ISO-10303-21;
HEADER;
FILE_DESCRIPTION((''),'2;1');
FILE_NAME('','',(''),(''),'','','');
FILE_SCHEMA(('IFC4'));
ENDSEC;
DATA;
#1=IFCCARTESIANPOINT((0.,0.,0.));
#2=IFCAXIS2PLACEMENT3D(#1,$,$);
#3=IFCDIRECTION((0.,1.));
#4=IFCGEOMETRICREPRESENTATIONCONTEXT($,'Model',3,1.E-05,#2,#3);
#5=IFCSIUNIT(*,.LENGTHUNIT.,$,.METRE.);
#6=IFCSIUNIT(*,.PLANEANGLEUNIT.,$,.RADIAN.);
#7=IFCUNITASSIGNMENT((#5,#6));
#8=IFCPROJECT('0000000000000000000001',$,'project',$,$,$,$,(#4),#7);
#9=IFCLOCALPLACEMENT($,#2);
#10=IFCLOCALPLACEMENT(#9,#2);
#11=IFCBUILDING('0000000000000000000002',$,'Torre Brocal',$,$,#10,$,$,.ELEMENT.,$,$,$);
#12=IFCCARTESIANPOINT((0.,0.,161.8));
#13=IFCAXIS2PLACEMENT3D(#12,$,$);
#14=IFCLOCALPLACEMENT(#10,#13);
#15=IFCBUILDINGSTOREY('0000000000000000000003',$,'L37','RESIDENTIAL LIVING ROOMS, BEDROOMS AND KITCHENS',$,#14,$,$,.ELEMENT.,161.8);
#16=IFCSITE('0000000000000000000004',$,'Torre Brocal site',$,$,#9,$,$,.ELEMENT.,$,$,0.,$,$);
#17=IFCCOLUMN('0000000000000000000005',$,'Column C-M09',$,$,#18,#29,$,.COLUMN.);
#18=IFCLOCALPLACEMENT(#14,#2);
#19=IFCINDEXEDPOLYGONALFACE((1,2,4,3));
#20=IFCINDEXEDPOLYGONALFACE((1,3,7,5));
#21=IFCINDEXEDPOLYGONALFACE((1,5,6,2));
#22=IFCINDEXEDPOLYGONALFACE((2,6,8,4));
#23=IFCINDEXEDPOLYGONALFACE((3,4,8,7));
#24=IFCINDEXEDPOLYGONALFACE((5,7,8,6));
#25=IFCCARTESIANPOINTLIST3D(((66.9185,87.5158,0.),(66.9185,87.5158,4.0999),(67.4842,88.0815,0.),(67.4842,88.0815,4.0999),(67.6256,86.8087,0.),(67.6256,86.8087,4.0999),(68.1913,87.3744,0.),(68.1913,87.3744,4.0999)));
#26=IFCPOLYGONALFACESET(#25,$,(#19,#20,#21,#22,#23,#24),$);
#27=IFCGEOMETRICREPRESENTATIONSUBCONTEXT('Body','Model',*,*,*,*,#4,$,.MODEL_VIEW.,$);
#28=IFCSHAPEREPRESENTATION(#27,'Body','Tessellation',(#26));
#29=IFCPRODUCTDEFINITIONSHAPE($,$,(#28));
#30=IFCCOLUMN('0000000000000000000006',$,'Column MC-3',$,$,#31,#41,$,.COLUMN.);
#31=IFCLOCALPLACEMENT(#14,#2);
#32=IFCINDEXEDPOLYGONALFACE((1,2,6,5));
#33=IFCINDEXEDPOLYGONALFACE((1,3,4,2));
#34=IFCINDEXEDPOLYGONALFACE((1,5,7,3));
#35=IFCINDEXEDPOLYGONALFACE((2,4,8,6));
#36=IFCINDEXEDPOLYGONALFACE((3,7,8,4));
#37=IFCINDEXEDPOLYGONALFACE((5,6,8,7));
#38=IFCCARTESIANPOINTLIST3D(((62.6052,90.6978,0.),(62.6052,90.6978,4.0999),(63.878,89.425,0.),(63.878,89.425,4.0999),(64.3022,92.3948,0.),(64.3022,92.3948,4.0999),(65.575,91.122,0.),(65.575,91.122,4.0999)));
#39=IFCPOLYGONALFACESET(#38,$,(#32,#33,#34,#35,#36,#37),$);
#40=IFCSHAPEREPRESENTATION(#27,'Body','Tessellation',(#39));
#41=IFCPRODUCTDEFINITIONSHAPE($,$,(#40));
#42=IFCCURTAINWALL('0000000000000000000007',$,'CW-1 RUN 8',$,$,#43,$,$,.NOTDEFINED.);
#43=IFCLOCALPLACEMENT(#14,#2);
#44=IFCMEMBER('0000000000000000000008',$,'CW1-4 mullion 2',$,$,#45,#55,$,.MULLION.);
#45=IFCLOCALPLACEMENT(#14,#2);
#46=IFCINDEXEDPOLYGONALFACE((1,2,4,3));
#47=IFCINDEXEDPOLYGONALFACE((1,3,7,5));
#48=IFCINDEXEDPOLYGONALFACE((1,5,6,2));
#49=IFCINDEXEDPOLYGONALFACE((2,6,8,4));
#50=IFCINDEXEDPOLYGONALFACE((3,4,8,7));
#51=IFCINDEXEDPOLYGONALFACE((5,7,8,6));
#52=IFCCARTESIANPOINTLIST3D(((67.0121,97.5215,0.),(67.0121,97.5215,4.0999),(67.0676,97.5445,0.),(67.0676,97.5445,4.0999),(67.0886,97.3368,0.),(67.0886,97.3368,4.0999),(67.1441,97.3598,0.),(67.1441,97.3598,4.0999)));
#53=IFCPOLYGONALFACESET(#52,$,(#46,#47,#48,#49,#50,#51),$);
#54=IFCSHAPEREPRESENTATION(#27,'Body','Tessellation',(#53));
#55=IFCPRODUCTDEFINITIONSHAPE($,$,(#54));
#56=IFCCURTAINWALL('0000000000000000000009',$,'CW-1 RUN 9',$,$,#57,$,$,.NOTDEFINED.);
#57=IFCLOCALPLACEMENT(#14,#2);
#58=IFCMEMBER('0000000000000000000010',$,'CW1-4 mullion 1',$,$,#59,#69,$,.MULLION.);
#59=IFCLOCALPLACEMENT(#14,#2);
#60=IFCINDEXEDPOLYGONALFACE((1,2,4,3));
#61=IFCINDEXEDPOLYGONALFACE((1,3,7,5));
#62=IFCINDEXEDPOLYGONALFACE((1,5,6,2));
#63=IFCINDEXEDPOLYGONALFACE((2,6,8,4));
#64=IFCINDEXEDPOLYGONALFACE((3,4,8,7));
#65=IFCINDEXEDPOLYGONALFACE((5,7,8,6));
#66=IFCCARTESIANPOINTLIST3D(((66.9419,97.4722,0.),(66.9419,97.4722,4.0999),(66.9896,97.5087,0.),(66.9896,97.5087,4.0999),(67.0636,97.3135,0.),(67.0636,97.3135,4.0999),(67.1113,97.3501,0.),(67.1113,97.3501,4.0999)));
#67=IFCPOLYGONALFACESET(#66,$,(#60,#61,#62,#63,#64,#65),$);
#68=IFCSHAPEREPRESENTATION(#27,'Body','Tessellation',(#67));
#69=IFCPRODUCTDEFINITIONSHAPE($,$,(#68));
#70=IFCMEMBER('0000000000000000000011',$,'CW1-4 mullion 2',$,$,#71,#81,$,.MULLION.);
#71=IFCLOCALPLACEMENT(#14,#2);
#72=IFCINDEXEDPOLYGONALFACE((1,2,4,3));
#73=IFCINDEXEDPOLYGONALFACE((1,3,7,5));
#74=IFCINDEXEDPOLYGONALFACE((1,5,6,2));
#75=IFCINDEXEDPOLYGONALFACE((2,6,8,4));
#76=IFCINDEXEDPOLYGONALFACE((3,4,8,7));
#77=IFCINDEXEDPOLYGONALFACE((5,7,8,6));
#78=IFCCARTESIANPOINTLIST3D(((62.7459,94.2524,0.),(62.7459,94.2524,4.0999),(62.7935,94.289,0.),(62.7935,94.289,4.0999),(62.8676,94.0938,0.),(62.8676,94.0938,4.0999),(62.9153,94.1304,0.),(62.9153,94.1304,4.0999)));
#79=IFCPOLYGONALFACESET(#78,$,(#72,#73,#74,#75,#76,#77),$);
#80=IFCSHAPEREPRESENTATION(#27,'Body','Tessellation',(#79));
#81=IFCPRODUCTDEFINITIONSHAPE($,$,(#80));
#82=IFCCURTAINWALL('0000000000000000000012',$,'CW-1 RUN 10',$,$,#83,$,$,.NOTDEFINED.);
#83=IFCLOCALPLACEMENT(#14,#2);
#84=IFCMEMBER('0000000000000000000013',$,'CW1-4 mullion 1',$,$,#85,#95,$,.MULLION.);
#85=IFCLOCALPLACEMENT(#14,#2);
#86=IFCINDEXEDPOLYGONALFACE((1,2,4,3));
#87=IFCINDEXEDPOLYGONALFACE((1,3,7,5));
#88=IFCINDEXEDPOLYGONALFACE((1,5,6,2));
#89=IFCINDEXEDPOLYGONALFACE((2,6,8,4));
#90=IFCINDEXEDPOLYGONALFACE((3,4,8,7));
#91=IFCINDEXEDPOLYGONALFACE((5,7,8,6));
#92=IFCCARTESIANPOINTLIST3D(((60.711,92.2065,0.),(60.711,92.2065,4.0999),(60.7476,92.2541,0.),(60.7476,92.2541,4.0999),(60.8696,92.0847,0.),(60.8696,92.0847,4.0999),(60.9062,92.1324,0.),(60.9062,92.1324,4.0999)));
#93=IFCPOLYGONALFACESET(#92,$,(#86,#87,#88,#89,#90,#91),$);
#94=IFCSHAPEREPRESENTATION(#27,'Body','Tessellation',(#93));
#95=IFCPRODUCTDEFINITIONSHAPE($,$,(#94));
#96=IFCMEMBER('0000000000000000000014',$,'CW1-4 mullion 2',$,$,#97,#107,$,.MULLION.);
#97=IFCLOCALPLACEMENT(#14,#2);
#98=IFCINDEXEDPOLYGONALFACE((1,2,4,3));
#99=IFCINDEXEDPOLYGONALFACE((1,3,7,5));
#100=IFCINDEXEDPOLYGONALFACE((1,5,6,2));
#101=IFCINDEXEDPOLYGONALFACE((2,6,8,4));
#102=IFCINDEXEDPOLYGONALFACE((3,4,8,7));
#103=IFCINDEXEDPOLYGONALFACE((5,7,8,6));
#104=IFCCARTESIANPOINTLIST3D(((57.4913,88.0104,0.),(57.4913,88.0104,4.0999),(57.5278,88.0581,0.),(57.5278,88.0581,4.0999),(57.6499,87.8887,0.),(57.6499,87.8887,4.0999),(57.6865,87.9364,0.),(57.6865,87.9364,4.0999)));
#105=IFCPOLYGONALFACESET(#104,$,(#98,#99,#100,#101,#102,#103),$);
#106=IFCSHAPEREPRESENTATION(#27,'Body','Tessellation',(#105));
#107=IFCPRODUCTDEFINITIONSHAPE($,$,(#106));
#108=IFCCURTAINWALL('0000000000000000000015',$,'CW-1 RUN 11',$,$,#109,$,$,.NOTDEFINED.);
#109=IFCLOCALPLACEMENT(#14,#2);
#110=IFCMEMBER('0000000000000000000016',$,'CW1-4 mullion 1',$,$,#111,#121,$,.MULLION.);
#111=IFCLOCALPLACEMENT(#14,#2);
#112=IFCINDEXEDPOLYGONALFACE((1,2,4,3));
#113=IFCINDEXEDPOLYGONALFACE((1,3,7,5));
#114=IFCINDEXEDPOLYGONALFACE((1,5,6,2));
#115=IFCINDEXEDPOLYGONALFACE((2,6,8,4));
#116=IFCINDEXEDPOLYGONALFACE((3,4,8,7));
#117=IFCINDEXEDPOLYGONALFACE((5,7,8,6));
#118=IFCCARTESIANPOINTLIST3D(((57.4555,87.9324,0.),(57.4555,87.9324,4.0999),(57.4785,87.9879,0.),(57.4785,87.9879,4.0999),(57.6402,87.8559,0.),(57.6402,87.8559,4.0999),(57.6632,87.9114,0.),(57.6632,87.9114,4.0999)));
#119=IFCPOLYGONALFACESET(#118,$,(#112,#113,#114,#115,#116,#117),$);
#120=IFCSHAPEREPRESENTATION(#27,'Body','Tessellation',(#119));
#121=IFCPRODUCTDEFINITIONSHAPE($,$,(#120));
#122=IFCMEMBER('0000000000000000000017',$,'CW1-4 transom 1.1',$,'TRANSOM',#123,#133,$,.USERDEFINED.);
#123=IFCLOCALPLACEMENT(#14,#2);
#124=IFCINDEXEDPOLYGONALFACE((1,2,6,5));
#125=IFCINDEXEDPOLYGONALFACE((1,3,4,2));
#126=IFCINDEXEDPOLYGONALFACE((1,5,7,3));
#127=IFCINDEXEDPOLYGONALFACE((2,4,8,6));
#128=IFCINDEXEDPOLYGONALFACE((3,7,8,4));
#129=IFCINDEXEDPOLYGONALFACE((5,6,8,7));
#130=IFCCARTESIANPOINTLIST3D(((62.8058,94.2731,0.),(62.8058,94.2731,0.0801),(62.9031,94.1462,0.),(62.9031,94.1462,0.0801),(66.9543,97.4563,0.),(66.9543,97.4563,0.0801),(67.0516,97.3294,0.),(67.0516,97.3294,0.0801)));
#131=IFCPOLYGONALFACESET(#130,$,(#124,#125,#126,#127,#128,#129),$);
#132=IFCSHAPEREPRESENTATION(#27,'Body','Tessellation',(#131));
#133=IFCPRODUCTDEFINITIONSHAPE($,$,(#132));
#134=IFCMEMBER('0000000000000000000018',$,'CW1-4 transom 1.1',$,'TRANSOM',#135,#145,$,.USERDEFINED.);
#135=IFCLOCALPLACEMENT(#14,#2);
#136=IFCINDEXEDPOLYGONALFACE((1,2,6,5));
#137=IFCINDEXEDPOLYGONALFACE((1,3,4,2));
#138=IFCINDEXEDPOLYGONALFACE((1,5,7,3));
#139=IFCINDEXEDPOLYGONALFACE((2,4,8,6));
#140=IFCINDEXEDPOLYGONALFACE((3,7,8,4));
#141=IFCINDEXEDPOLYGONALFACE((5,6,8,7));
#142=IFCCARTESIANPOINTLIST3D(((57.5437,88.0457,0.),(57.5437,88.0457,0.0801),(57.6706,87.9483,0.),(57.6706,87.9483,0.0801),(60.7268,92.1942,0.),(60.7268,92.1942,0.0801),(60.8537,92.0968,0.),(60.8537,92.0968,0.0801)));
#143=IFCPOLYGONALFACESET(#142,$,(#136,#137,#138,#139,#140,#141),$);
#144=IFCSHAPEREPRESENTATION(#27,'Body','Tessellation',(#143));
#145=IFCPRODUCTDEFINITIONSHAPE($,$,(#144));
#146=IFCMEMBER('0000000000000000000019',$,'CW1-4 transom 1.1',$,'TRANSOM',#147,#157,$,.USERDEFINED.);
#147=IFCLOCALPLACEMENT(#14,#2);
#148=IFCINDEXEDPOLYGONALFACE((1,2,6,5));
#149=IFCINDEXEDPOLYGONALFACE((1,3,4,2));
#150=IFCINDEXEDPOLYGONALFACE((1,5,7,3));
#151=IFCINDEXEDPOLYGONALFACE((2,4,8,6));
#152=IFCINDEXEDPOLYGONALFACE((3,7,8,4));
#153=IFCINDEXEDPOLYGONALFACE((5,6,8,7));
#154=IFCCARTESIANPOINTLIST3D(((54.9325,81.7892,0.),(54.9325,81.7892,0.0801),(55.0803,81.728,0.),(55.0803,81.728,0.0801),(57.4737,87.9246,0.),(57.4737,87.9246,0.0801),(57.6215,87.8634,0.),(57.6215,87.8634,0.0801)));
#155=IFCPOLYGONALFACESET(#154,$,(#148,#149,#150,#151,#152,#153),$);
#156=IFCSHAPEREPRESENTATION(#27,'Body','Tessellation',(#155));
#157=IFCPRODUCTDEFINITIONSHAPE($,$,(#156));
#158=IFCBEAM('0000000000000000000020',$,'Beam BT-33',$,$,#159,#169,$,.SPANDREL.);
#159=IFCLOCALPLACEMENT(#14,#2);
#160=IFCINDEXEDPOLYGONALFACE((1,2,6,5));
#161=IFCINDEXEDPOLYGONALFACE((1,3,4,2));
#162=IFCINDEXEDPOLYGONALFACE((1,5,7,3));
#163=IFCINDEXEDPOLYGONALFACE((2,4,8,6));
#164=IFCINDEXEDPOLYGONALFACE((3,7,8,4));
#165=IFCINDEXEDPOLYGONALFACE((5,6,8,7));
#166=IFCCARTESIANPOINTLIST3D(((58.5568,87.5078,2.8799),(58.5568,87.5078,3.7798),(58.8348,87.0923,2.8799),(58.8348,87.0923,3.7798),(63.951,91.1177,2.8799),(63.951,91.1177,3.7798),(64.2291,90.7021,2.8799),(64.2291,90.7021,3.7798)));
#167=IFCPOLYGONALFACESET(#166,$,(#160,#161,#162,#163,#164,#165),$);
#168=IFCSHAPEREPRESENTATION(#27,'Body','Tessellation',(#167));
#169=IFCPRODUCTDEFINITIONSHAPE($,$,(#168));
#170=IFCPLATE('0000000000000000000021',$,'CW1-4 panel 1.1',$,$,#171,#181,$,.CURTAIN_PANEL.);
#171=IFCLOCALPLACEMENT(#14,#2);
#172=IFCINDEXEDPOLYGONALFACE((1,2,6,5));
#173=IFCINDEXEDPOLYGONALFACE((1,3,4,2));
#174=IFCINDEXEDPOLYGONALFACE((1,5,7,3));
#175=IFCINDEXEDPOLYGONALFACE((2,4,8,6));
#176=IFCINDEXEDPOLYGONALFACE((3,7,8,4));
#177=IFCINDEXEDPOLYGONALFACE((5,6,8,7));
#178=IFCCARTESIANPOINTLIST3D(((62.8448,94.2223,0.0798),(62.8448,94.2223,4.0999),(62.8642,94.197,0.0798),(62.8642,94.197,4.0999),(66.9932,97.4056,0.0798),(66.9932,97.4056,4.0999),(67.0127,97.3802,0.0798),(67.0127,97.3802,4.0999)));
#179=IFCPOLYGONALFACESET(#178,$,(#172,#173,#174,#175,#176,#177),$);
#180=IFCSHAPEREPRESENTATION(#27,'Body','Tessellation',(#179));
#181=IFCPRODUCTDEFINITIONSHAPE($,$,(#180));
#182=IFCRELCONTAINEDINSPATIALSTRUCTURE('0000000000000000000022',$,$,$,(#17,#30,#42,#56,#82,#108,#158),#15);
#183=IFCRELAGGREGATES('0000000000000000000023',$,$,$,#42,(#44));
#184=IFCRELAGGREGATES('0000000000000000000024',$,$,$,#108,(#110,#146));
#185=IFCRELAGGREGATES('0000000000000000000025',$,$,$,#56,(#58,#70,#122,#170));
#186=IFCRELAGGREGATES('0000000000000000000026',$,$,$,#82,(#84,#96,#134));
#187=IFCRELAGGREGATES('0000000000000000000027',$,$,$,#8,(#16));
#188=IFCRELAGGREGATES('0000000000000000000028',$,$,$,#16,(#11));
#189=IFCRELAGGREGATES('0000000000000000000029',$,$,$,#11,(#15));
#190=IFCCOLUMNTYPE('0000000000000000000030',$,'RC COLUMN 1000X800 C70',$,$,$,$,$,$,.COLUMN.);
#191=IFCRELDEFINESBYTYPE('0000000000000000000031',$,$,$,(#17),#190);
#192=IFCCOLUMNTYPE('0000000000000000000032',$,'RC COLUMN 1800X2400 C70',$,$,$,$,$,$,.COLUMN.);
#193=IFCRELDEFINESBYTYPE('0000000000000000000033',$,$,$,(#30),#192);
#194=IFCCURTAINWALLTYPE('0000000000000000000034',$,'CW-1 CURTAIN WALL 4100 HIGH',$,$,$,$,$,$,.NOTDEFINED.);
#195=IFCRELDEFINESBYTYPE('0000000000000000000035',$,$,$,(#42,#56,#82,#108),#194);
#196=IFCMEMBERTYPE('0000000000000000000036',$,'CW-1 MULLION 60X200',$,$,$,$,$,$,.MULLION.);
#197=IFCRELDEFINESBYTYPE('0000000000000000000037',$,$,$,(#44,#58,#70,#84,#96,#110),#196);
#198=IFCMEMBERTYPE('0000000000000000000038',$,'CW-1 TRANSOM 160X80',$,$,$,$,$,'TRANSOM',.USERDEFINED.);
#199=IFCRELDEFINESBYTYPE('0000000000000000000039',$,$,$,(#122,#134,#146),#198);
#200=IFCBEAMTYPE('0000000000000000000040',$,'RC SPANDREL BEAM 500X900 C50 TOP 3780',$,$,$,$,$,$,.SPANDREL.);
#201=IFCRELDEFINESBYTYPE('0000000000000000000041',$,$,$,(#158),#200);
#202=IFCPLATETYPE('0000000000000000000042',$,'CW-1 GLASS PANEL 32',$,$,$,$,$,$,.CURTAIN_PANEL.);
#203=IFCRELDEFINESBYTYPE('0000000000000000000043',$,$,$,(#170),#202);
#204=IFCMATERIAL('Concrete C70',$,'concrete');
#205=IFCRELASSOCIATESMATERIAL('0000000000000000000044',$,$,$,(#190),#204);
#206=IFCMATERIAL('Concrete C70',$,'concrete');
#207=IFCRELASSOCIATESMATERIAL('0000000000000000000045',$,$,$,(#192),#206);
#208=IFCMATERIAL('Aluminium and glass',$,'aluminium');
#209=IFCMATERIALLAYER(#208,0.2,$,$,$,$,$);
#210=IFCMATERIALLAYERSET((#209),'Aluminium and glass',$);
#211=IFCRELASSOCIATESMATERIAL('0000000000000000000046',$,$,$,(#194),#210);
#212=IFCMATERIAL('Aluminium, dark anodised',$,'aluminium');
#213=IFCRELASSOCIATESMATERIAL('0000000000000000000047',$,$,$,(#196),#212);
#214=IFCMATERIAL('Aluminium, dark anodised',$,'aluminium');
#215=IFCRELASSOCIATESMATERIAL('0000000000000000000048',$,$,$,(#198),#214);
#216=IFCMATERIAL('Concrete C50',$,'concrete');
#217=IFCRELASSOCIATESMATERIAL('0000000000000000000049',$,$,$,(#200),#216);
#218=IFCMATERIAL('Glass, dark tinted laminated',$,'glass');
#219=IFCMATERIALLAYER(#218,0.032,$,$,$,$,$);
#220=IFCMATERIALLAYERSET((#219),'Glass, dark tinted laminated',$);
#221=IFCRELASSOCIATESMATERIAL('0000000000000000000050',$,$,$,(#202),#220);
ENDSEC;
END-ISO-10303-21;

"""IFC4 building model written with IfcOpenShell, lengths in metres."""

from ifc_helpers import new_model, si_unit, direction, frame, origin, origin_2d, place, context, subcontext, project, spatial, rectangle, extrude, material, layer, layer_set, material_profile, profile_set, type_object, element, aggregate, save


model = new_model("IFC4")

# Units and contexts
model_context = context("Model", 3, precision=1e-05, world=origin(), true_north=direction((0.0, 1.0)))
body_context = subcontext(model_context, "Body", "Model", "MODEL_VIEW")
ifc_project = project(units=[si_unit("LENGTHUNIT", "METRE"), si_unit("PLANEANGLEUNIT", "RADIAN")], contexts=[model_context])

# Site, building, storey
site_placement = place(None, origin())
site = spatial("IfcSite", under=ifc_project, at=site_placement, Name="Torre Brocal site", CompositionType="ELEMENT", RefElevation=0.0)
building_placement = place(site_placement, origin())
building = spatial("IfcBuilding", under=site, at=building_placement, Name="Torre Brocal", CompositionType="ELEMENT")
storey_placement = place(building_placement, frame((0.0, 0.0, 161.8)))
storey = spatial("IfcBuildingStorey", under=building, at=storey_placement, Name="L37", Description="RESIDENTIAL LIVING ROOMS, BEDROOMS AND KITCHENS", CompositionType="ELEMENT", Elevation=161.8)

# Columns
ifc_material_1 = material(Name="Concrete C70", Category="concrete")
ifc_material_profile_1 = material_profile(ifc_material_1, rectangle(XDim=1.0, YDim=0.8, at=origin_2d()), Name="RC 1000X800")
ifc_profile_set_1 = profile_set([ifc_material_profile_1], Name="Concrete C70")
column_type_1 = type_object("IfcColumnType", Name="RC COLUMN 1000X800 C70", PredefinedType="COLUMN", material=ifc_profile_set_1)
column_1_placement = place(storey_placement, frame((67.5549, 87.4451, 0.0), z_axis=(0.0, 0.0, 1.0), x_axis=(-0.707107, 0.707107, 0.0)))
element("IfcColumn", 1, at=column_1_placement, inside=storey, type_object=column_type_1, Name="Column C-M09", PredefinedType="COLUMN", context=body_context, shape_type="SweptSolid", body=[
    extrude(rectangle(XDim=1.0, YDim=0.8, at=origin_2d()), origin(), (0.0, 0.0, 1.0), 4.0999),
])
ifc_material_2 = material(Name="Concrete C70", Category="concrete")
ifc_material_profile_2 = material_profile(ifc_material_2, rectangle(XDim=1.8, YDim=2.3999, at=origin_2d()), Name="RC 1800X2400")
ifc_profile_set_2 = profile_set([ifc_material_profile_2], Name="Concrete C70")
column_type_2 = type_object("IfcColumnType", Name="RC COLUMN 1800X2400 C70", PredefinedType="COLUMN", material=ifc_profile_set_2)
column_2_placement = place(storey_placement, frame((64.0901, 90.9099, 0.0), z_axis=(0.0, 0.0, 1.0), x_axis=(-0.707107, 0.707107, 0.0)))
element("IfcColumn", 2, at=column_2_placement, inside=storey, type_object=column_type_2, Name="Column MC-3", PredefinedType="COLUMN", context=body_context, shape_type="SweptSolid", body=[
    extrude(rectangle(XDim=1.8, YDim=2.3999, at=origin_2d()), origin(), (0.0, 0.0, 1.0), 4.0999),
])

# Curtain wall, member
ifc_material_3 = material(Name="Aluminium and glass", Category="aluminium")
ifc_layer_1 = layer(ifc_material_3, 0.2)
ifc_layer_set_1 = layer_set([ifc_layer_1], Name="Aluminium and glass")
curtain_wall_type = type_object("IfcCurtainWallType", Name="CW-1 CURTAIN WALL 4100 HIGH", PredefinedType="NOTDEFINED", material=ifc_layer_set_1)
curtain_wall_1_placement = place(storey_placement, origin())
curtain_wall_1 = element("IfcCurtainWall", 3, at=curtain_wall_1_placement, inside=storey, type_object=curtain_wall_type, Name="CW-1 RUN 8", PredefinedType="NOTDEFINED")
ifc_material_4 = material(Name="Aluminium, dark anodised", Category="aluminium")
ifc_material_profile_3 = material_profile(ifc_material_4, rectangle(XDim=0.2, YDim=0.0601, at=origin_2d()), Name="CW-1 MULLION 60X200")
ifc_profile_set_3 = profile_set([ifc_material_profile_3], Name="Aluminium, dark anodised")
member_type_1 = type_object("IfcMemberType", Name="CW-1 MULLION 60X200", PredefinedType="MULLION", material=ifc_profile_set_3)
member_1_placement = place(storey_placement, frame((67.0781, 97.4407, 0.0), z_axis=(0.0, 0.0, 1.0), x_axis=(0.382683, -0.92388, 0.0)))
member_1 = element("IfcMember", 4, at=member_1_placement, type_object=member_type_1, Name="CW1-4 mullion 2", PredefinedType="MULLION", context=body_context, shape_type="SweptSolid", body=[
    extrude(rectangle(XDim=0.2, YDim=0.0601, at=origin_2d()), origin(), (0.0, 0.0, 1.0), 4.0999),
])
aggregate(curtain_wall_1, [member_1])

# Curtain walls, members
curtain_wall_2_placement = place(storey_placement, origin())
curtain_wall_2 = element("IfcCurtainWall", 5, at=curtain_wall_2_placement, inside=storey, type_object=curtain_wall_type, Name="CW-1 RUN 9", PredefinedType="NOTDEFINED")
member_2_placement = place(storey_placement, frame((67.0266, 97.4111, 0.0), z_axis=(0.0, 0.0, 1.0), x_axis=(0.608761, -0.793353, 0.0)))
member_2 = element("IfcMember", 6, at=member_2_placement, type_object=member_type_1, Name="CW1-4 mullion 1", PredefinedType="MULLION", context=body_context, shape_type="SweptSolid", body=[
    extrude(rectangle(XDim=0.2, YDim=0.0601, at=origin_2d()), origin(), (0.0, 0.0, 1.0), 4.0999),
])
member_3_placement = place(storey_placement, frame((62.8306, 94.1914, 0.0), z_axis=(0.0, 0.0, 1.0), x_axis=(0.608761, -0.793353, 0.0)))
member_3 = element("IfcMember", 7, at=member_3_placement, type_object=member_type_1, Name="CW1-4 mullion 2", PredefinedType="MULLION", context=body_context, shape_type="SweptSolid", body=[
    extrude(rectangle(XDim=0.2, YDim=0.0601, at=origin_2d()), origin(), (0.0, 0.0, 1.0), 4.0999),
])
curtain_wall_3_placement = place(storey_placement, origin())
curtain_wall_3 = element("IfcCurtainWall", 8, at=curtain_wall_3_placement, inside=storey, type_object=curtain_wall_type, Name="CW-1 RUN 10", PredefinedType="NOTDEFINED")
member_4_placement = place(storey_placement, frame((60.8086, 92.1694, 0.0), z_axis=(0.0, 0.0, 1.0), x_axis=(0.793353, -0.608761, 0.0)))
member_4 = element("IfcMember", 9, at=member_4_placement, type_object=member_type_1, Name="CW1-4 mullion 1", PredefinedType="MULLION", context=body_context, shape_type="SweptSolid", body=[
    extrude(rectangle(XDim=0.2, YDim=0.0601, at=origin_2d()), origin(), (0.0, 0.0, 1.0), 4.0999),
])
member_5_placement = place(storey_placement, frame((57.5889, 87.9734, 0.0), z_axis=(0.0, 0.0, 1.0), x_axis=(0.793353, -0.608761, 0.0)))
member_5 = element("IfcMember", 10, at=member_5_placement, type_object=member_type_1, Name="CW1-4 mullion 2", PredefinedType="MULLION", context=body_context, shape_type="SweptSolid", body=[
    extrude(rectangle(XDim=0.2, YDim=0.0601, at=origin_2d()), origin(), (0.0, 0.0, 1.0), 4.0999),
])

# Curtain wall, member
curtain_wall_4_placement = place(storey_placement, origin())
curtain_wall_4 = element("IfcCurtainWall", 11, at=curtain_wall_4_placement, inside=storey, type_object=curtain_wall_type, Name="CW-1 RUN 11", PredefinedType="NOTDEFINED")
member_6_placement = place(storey_placement, frame((57.5593, 87.9219, 0.0), z_axis=(0.0, 0.0, 1.0), x_axis=(0.92388, -0.382683, 0.0)))
member_6 = element("IfcMember", 12, at=member_6_placement, type_object=member_type_1, Name="CW1-4 mullion 1", PredefinedType="MULLION", context=body_context, shape_type="SweptSolid", body=[
    extrude(rectangle(XDim=0.2, YDim=0.0601, at=origin_2d()), origin(), (0.0, 0.0, 1.0), 4.0999),
])

# Members
ifc_material_5 = material(Name="Aluminium, dark anodised", Category="aluminium")
ifc_material_profile_4 = material_profile(ifc_material_5, rectangle(XDim=0.1599, YDim=0.0801, at=origin_2d()), Name="CW-1 TRANSOM 160X80")
ifc_profile_set_4 = profile_set([ifc_material_profile_4], Name="Aluminium, dark anodised")
member_type_2 = type_object("IfcMemberType", Name="CW-1 TRANSOM 160X80", ElementType="TRANSOM", PredefinedType="USERDEFINED", material=ifc_profile_set_4)
member_7_placement = place(storey_placement, frame((67.0029, 97.3928, 0.04), z_axis=(-0.793363, -0.608749, 0.0), x_axis=(0.608749, -0.793363, 0.0)))
member_7 = element("IfcMember", 13, at=member_7_placement, type_object=member_type_2, Name="CW1-4 transom 1.1", ObjectType="TRANSOM", PredefinedType="USERDEFINED", context=body_context, shape_type="SweptSolid", body=[
    extrude(rectangle(XDim=0.1599, YDim=0.0801, at=origin_2d()), origin(), (0.0, 0.0, 1.0), 5.229),
])
member_8_placement = place(storey_placement, frame((60.7903, 92.1455, 0.04), z_axis=(-0.608749, -0.793363, 0.0), x_axis=(0.793363, -0.608749, 0.0)))
member_8 = element("IfcMember", 14, at=member_8_placement, type_object=member_type_2, Name="CW1-4 transom 1.1", ObjectType="TRANSOM", PredefinedType="USERDEFINED", context=body_context, shape_type="SweptSolid", body=[
    extrude(rectangle(XDim=0.1599, YDim=0.0801, at=origin_2d()), origin(), (0.0, 0.0, 1.0), 5.229),
])
member_9_placement = place(storey_placement, frame((57.5476, 87.894, 0.04), z_axis=(-0.382665, -0.923887, 0.0), x_axis=(0.923887, -0.382665, 0.0)))
member_9 = element("IfcMember", 15, at=member_9_placement, type_object=member_type_2, Name="CW1-4 transom 1.1", ObjectType="TRANSOM", PredefinedType="USERDEFINED", context=body_context, shape_type="SweptSolid", body=[
    extrude(rectangle(XDim=0.1599, YDim=0.0801, at=origin_2d()), origin(), (0.0, 0.0, 1.0), 6.6409),
])
aggregate(curtain_wall_4, [member_6, member_9])

# Beam
ifc_material_6 = material(Name="Concrete C50", Category="concrete")
ifc_material_profile_5 = material_profile(ifc_material_6, rectangle(XDim=0.5, YDim=0.8999, at=origin_2d()), Name="RC 500X900")
ifc_profile_set_5 = profile_set([ifc_material_profile_5], Name="Concrete C50")
beam_type = type_object("IfcBeamType", Name="RC SPANDREL BEAM 500X900 C50 TOP 3780", PredefinedType="SPANDREL", material=ifc_profile_set_5)
beam_placement = place(storey_placement, frame((64.0901, 90.9099, 3.3298), z_axis=(-0.831077, -0.556158, 0.0), x_axis=(0.556158, -0.831077, 0.0)))
element("IfcBeam", 16, at=beam_placement, inside=storey, type_object=beam_type, Name="Beam BT-33", PredefinedType="SPANDREL", context=body_context, shape_type="SweptSolid", body=[
    extrude(rectangle(XDim=0.5, YDim=0.8999, at=origin_2d()), origin(), (0.0, 0.0, 1.0), 6.4907),
])

# Plate
ifc_material_7 = material(Name="Glass, dark tinted laminated", Category="glass")
ifc_layer_2 = layer(ifc_material_7, 0.032)
ifc_layer_set_2 = layer_set([ifc_layer_2], Name="Glass, dark tinted laminated")
plate_type = type_object("IfcPlateType", Name="CW-1 GLASS PANEL 32", PredefinedType="CURTAIN_PANEL", material=ifc_layer_set_2)
plate_1_placement = place(storey_placement, frame((64.9287, 95.8013, 0.0798), z_axis=(0.0, 0.0, 1.0), x_axis=(-0.793353, -0.608761, 0.0)))
plate_1 = element("IfcPlate", 17, at=plate_1_placement, type_object=plate_type, Name="CW1-4 panel 1.1", PredefinedType="CURTAIN_PANEL", context=body_context, shape_type="SweptSolid", body=[
    extrude(rectangle(XDim=5.229, YDim=0.032, at=origin_2d()), origin(), (0.0, 0.0, 1.0), 4.02),
])
aggregate(curtain_wall_2, [member_2, member_3, member_7, plate_1])
aggregate(curtain_wall_3, [member_4, member_5, member_8])

save(model, "model.ifc")
